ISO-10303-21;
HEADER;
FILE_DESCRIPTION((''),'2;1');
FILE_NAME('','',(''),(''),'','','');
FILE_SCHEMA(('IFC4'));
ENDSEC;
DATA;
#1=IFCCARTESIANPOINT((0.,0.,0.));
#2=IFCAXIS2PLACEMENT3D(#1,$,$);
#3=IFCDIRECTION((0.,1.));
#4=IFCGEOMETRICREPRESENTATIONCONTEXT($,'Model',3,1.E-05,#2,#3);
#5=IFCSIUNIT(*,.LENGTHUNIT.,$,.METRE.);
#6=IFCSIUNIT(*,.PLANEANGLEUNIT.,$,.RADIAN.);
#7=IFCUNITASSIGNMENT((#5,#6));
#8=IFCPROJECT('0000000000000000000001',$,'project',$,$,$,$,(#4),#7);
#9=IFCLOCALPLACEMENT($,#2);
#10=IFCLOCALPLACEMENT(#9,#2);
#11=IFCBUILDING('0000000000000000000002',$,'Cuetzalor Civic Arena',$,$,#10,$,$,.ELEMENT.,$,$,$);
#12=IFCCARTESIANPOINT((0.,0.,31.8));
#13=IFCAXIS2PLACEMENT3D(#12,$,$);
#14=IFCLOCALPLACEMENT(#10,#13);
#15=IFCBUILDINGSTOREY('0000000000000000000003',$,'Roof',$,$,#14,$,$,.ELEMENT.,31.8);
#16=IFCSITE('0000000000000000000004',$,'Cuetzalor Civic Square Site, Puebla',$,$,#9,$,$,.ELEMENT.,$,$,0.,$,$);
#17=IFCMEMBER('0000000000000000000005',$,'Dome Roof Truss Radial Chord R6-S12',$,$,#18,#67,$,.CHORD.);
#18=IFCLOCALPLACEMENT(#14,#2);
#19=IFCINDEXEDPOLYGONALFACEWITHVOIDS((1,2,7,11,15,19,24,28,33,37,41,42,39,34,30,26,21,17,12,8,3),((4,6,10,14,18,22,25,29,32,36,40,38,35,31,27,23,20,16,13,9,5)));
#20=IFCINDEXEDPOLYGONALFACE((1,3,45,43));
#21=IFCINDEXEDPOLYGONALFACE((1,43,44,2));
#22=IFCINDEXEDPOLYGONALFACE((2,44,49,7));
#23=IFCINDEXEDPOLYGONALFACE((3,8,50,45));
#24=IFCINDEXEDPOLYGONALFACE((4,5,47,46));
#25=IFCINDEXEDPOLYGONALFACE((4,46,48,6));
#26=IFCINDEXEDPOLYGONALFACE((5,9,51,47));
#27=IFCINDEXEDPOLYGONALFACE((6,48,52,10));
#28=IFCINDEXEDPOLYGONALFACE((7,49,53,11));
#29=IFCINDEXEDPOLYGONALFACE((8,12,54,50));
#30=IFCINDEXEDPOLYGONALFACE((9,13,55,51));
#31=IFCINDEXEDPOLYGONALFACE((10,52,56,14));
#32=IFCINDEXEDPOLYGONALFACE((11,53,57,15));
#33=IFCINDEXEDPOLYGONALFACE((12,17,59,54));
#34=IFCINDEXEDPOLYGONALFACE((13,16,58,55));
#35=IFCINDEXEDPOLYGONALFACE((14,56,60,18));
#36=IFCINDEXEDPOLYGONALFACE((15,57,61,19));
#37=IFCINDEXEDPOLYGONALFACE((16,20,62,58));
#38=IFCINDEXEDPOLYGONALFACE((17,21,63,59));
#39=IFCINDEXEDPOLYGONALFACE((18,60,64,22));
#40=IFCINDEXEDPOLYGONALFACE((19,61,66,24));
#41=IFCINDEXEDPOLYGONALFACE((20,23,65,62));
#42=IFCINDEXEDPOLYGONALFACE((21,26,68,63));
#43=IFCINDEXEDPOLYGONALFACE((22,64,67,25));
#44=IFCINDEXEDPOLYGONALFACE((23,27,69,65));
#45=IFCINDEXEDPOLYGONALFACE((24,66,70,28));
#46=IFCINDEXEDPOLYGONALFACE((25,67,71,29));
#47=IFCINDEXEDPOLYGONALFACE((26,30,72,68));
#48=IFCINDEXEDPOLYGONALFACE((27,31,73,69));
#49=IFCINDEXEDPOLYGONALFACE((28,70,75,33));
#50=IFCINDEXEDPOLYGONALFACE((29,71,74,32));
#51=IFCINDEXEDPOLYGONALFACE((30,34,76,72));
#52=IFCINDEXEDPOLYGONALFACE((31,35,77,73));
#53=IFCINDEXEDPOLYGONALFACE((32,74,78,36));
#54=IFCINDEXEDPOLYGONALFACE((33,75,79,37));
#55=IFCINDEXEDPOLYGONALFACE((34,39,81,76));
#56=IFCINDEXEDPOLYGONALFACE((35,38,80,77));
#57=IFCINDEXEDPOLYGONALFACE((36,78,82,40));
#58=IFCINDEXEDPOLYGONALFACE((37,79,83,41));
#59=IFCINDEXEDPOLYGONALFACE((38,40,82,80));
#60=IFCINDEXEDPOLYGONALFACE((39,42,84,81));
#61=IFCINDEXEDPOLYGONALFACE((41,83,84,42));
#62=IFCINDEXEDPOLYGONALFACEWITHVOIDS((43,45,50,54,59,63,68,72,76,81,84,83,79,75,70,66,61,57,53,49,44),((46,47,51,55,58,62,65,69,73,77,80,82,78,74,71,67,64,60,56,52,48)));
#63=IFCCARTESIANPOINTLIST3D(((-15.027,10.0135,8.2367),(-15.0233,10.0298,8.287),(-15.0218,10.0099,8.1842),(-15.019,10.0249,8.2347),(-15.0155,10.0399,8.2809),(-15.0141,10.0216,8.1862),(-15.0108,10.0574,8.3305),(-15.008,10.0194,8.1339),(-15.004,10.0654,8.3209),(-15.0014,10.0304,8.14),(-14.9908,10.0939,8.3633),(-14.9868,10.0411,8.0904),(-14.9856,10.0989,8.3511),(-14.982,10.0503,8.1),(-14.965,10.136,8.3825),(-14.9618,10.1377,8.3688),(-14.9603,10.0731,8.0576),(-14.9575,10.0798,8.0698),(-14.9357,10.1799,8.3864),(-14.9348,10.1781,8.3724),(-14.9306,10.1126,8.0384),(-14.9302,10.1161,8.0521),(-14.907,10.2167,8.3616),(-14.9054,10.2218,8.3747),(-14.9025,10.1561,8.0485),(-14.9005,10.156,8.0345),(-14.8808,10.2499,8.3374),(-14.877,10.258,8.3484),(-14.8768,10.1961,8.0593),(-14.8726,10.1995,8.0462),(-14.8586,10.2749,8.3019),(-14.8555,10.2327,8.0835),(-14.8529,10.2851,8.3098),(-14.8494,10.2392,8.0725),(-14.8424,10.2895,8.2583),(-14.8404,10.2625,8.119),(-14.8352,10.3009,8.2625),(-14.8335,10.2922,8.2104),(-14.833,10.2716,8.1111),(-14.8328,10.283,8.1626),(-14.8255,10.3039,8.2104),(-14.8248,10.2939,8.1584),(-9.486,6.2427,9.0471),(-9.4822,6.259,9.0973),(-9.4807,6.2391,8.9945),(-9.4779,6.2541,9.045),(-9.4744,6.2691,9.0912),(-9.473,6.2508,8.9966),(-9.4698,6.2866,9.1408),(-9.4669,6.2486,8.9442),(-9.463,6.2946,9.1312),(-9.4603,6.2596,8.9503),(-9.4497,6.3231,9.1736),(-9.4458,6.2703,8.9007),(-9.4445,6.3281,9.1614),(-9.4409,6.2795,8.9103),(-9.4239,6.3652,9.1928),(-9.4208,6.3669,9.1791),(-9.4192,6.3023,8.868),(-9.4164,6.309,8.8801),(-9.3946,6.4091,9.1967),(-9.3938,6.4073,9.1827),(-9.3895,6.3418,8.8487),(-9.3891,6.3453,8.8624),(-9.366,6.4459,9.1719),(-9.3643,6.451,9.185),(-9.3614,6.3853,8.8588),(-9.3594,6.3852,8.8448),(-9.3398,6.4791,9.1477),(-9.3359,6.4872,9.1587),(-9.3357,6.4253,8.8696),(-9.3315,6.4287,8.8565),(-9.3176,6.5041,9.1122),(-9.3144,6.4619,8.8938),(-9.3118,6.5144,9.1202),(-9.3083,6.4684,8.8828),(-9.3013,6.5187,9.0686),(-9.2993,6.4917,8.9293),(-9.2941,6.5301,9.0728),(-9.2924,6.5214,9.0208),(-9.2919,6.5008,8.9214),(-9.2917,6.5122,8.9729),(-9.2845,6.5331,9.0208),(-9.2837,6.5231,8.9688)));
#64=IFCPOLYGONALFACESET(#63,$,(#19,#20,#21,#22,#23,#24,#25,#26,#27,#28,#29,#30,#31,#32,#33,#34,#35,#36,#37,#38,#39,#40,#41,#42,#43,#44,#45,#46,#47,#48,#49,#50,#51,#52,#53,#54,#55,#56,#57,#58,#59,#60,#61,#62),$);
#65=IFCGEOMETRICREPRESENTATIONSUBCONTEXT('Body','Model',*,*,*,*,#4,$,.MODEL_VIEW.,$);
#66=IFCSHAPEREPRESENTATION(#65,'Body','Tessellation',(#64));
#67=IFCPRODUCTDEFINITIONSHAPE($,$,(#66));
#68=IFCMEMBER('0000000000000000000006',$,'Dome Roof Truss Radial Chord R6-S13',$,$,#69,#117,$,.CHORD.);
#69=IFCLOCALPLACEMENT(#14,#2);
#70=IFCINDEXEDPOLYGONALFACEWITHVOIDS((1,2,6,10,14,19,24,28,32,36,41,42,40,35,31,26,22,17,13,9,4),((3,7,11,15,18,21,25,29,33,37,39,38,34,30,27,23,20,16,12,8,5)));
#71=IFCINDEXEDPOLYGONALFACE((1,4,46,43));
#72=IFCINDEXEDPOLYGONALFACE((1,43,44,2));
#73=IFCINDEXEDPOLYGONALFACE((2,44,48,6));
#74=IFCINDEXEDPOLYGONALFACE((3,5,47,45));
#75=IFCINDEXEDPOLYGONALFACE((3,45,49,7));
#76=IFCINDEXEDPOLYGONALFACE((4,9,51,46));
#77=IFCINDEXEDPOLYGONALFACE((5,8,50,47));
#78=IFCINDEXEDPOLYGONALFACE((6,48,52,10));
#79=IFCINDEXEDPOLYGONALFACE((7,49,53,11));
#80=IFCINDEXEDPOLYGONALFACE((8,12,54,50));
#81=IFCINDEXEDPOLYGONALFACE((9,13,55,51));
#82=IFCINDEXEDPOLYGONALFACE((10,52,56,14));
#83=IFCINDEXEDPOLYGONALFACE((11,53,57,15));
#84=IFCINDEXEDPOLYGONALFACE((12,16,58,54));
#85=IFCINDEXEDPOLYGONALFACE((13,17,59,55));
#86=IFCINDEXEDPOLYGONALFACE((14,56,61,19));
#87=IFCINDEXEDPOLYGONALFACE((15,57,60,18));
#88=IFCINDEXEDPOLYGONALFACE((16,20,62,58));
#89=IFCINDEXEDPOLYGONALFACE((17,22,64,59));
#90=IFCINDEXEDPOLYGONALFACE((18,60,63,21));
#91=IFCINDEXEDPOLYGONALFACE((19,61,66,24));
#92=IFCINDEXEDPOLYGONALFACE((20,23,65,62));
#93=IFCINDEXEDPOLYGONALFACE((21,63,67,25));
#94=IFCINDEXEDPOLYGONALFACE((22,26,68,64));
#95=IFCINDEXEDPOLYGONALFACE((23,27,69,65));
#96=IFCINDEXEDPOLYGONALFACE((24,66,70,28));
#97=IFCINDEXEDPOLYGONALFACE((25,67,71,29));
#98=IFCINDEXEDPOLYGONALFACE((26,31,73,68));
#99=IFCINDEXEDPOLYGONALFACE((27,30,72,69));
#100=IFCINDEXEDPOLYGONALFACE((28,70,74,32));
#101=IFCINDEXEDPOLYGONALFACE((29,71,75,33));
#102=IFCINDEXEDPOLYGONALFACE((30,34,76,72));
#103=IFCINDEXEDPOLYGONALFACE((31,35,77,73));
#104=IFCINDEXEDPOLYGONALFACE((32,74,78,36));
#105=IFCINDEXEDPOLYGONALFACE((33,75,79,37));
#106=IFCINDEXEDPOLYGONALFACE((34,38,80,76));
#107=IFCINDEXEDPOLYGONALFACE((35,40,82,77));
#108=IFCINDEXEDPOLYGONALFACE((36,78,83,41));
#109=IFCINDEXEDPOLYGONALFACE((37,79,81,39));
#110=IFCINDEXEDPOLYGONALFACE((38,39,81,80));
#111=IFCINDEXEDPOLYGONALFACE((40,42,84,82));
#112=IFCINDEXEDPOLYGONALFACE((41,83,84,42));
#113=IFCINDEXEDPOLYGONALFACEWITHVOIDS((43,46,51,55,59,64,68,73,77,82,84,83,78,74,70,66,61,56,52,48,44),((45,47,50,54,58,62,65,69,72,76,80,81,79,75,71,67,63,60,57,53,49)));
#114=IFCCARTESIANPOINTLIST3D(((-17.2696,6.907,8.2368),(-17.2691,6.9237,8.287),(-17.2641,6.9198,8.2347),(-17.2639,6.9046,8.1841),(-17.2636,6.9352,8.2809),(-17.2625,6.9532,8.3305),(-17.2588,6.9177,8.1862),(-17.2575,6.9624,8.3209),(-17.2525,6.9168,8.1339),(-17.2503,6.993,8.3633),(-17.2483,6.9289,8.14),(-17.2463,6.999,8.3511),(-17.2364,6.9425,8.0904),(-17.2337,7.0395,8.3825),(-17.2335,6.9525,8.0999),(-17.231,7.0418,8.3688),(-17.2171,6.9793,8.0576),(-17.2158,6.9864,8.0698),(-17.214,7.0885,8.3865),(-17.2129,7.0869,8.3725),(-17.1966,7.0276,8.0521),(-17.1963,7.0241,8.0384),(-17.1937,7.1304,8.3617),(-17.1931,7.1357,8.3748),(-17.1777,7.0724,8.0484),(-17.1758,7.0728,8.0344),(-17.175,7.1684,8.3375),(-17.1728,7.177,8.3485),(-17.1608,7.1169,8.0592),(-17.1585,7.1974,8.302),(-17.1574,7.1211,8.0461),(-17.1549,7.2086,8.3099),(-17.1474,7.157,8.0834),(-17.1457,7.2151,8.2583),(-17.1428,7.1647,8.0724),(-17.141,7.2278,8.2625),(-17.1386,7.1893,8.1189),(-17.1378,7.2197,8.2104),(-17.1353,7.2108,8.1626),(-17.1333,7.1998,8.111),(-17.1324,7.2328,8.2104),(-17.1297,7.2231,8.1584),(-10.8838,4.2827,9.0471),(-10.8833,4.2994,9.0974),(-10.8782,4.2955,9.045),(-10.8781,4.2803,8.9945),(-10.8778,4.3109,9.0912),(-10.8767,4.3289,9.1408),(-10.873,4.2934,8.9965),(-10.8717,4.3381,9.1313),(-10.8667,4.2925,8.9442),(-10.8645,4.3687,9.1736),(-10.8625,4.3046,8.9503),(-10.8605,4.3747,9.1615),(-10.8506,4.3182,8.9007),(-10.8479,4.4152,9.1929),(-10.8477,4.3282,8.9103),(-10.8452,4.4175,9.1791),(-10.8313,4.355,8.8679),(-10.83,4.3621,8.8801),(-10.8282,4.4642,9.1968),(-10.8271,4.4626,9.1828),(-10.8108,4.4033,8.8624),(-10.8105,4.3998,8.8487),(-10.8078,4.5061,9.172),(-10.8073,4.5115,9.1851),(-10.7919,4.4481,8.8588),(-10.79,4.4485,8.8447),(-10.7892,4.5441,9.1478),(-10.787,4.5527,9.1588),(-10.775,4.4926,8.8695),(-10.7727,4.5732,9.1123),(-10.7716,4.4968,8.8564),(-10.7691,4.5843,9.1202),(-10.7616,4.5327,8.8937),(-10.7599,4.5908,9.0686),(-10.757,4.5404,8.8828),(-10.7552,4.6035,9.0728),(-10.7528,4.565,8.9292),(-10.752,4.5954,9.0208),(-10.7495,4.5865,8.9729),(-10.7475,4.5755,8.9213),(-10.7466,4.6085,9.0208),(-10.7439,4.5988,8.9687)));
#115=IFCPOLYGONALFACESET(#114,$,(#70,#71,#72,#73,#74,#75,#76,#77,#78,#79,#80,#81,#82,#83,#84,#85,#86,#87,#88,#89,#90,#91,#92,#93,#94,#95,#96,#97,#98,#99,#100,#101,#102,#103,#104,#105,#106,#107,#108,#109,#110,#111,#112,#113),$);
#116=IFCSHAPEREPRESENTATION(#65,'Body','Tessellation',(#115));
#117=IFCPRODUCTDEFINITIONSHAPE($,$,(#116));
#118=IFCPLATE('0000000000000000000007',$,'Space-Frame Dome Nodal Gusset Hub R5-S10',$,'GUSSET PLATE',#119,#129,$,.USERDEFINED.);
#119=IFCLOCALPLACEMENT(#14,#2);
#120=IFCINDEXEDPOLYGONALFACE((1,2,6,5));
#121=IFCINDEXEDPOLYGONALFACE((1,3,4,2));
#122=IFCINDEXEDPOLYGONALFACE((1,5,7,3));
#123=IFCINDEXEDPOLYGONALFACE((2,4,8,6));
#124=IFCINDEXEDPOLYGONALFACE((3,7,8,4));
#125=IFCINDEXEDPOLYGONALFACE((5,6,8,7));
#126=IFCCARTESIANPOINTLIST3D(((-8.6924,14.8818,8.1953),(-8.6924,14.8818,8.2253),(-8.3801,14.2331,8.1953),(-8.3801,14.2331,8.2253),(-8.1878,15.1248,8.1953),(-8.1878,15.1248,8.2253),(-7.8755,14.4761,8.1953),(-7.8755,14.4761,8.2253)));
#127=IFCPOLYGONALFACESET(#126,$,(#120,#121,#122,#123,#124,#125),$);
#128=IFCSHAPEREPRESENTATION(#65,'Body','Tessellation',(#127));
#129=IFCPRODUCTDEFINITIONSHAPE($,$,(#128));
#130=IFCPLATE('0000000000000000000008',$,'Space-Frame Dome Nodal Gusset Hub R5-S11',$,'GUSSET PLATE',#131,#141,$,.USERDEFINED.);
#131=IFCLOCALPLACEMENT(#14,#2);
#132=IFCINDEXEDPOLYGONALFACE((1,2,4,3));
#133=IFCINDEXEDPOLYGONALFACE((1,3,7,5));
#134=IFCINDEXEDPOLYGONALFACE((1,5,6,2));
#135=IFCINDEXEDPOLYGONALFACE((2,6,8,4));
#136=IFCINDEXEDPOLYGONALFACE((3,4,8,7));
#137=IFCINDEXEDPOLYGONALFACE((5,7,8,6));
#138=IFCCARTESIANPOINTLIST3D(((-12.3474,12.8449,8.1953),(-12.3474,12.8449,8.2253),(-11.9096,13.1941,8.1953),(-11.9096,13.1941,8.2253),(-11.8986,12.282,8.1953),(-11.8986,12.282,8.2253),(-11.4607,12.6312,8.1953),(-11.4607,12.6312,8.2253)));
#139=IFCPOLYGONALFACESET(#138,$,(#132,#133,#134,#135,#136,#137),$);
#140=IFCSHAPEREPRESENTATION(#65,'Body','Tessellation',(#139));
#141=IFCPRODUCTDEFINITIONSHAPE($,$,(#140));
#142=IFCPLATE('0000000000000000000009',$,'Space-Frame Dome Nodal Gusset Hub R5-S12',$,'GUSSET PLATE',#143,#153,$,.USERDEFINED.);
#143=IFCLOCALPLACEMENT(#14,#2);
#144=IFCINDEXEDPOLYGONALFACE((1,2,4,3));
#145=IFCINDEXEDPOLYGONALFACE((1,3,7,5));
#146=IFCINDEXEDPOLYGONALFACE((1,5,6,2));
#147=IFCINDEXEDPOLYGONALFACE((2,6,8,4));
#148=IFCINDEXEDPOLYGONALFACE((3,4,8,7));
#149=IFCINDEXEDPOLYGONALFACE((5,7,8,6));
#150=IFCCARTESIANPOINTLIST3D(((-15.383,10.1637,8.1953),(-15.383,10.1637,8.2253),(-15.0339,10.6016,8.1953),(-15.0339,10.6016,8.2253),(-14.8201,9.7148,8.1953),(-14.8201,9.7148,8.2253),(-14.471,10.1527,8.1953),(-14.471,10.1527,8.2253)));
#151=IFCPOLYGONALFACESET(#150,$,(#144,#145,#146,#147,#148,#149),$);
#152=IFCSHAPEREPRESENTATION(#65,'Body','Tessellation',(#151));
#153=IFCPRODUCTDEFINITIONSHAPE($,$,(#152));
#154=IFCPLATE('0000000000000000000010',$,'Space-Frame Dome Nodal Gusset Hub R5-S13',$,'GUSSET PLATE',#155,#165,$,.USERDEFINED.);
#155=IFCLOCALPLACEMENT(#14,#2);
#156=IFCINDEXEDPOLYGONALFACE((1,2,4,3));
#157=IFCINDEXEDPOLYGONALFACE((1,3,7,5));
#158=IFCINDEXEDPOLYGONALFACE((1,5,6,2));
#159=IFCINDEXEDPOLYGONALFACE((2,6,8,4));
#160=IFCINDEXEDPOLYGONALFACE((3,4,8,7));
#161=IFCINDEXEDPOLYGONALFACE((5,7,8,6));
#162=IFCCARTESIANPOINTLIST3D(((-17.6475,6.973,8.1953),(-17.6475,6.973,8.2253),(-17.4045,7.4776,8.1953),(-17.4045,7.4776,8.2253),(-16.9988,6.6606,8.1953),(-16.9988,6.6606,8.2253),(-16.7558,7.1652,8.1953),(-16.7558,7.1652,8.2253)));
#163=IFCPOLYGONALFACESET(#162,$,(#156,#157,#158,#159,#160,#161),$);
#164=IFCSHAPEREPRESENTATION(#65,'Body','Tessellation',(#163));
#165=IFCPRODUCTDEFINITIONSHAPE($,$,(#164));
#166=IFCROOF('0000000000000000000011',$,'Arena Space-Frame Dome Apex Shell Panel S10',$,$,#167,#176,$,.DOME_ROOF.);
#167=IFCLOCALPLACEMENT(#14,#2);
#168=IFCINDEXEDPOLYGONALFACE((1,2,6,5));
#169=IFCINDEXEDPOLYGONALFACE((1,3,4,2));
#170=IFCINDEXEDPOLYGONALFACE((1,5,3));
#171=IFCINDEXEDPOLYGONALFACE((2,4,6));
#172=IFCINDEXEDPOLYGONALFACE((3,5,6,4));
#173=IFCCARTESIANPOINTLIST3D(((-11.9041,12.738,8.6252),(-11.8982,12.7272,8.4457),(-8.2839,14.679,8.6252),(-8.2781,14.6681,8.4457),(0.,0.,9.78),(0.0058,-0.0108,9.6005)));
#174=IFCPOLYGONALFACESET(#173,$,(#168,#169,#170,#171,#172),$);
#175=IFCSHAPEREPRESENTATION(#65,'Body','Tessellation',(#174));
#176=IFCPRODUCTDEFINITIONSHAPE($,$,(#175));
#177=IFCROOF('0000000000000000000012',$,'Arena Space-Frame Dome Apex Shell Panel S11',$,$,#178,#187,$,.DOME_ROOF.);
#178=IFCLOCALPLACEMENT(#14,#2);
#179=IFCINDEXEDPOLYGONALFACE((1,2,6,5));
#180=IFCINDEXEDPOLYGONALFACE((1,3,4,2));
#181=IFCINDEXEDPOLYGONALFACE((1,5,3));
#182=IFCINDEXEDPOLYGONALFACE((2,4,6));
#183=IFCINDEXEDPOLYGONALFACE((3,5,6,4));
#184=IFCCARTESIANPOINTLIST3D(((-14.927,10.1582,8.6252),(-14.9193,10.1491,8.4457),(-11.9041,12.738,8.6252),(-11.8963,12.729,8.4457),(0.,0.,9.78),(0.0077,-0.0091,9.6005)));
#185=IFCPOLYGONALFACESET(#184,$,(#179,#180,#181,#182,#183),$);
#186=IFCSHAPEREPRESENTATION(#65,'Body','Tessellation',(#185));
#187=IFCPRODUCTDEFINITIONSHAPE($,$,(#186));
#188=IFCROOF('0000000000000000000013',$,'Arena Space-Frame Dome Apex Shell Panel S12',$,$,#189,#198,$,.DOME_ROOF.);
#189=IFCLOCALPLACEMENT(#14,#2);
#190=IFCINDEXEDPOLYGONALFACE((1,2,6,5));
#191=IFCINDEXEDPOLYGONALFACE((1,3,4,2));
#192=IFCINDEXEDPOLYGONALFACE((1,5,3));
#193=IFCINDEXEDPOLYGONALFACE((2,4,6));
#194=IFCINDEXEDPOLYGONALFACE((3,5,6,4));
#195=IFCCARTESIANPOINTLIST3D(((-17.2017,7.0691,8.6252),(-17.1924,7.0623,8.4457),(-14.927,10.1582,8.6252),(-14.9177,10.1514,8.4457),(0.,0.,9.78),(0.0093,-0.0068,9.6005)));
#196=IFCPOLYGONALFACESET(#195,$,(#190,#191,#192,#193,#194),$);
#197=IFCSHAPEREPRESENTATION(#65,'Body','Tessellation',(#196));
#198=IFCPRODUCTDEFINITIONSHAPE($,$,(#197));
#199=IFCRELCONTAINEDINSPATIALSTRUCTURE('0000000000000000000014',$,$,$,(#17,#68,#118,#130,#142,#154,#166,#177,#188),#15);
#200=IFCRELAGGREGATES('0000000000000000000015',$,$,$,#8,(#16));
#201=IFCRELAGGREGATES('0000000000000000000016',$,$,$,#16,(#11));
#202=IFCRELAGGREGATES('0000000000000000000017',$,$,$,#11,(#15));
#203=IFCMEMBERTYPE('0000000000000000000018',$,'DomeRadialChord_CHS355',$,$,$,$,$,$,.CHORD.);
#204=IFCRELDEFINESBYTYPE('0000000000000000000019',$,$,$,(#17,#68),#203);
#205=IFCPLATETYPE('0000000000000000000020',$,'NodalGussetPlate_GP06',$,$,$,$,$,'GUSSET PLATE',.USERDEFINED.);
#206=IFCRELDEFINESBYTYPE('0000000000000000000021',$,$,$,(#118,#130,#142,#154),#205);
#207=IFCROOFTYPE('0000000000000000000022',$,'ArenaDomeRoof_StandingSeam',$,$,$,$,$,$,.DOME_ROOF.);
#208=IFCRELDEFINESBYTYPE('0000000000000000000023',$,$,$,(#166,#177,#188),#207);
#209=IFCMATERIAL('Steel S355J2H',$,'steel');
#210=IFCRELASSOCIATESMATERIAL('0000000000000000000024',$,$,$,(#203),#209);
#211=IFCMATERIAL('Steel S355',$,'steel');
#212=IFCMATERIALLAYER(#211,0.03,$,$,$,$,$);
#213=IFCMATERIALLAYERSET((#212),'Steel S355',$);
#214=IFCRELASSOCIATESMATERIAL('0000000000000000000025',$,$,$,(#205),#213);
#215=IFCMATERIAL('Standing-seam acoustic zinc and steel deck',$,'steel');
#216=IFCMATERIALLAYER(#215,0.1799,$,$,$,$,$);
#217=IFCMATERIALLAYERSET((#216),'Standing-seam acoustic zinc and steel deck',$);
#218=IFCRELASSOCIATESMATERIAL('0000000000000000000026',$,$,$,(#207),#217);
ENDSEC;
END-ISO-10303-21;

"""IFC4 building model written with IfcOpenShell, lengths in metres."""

from ifc_helpers import new_model, si_unit, direction, frame, origin, origin_2d, place, context, subcontext, project, spatial, polyline, rectangle, hollow_circle, outline, extrude, material, layer, layer_set, material_profile, profile_set, type_object, element, save


model = new_model("IFC4")

# Units and contexts
model_context = context("Model", 3, precision=1e-05, world=origin(), true_north=direction((0.0, 1.0)))
body_context = subcontext(model_context, "Body", "Model", "MODEL_VIEW")
ifc_project = project(units=[si_unit("LENGTHUNIT", "METRE"), si_unit("PLANEANGLEUNIT", "RADIAN")], contexts=[model_context])

# Site, building, storey
site_placement = place(None, origin())
site = spatial("IfcSite", under=ifc_project, at=site_placement, Name="Cuetzalor Civic Square Site, Puebla", CompositionType="ELEMENT", RefElevation=0.0)
building_placement = place(site_placement, origin())
building = spatial("IfcBuilding", under=site, at=building_placement, Name="Cuetzalor Civic Arena", CompositionType="ELEMENT")
storey_placement = place(building_placement, frame((0.0, 0.0, 31.8)))
storey = spatial("IfcBuildingStorey", under=building, at=storey_placement, Name="Roof", CompositionType="ELEMENT", Elevation=31.8)

# Members
ifc_material_1 = material(Name="Steel S355J2H", Category="steel")
ifc_material_profile_1 = material_profile(ifc_material_1, hollow_circle(Radius=0.1777, WallThickness=0.0142, at=origin_2d()), Name="CHS 355.6x14.2")
ifc_profile_set_1 = profile_set([ifc_material_profile_1], Name="Steel S355J2H")
member_type_1 = type_object("IfcMemberType", Name="DomeRadialChord_CHS355", PredefinedType="CHORD", material=ifc_profile_set_1)
member_1_placement = place(storey_placement, frame((-14.9255, 10.157, 8.2104), z_axis=(0.820751, -0.558535, 0.120024), x_axis=(0.562602, 0.826728, 0.0)))
element("IfcMember", 1, at=member_1_placement, inside=storey, type_object=member_type_1, Name="Dome Roof Truss Radial Chord R6-S12", PredefinedType="CHORD", context=body_context, shape_type="SweptSolid", body=[
    extrude(hollow_circle(Radius=0.1777, WallThickness=0.0142, at=origin_2d()), origin(), (0.0, 0.0, 1.0), 6.7512),
])
member_2_placement = place(storey_placement, frame((-17.2, 7.0684, 8.2104), z_axis=(0.918635, -0.37752, 0.116568), x_axis=(0.380111, 0.924941, 0.0)))
element("IfcMember", 2, at=member_2_placement, inside=storey, type_object=member_type_1, Name="Dome Roof Truss Radial Chord R6-S13", PredefinedType="CHORD", context=body_context, shape_type="SweptSolid", body=[
    extrude(hollow_circle(Radius=0.1777, WallThickness=0.0142, at=origin_2d()), origin(), (0.0, 0.0, 1.0), 6.9514),
])

# Plates
ifc_material_2 = material(Name="Steel S355", Category="steel")
ifc_layer_1 = layer(ifc_material_2, 0.03)
ifc_layer_set_1 = layer_set([ifc_layer_1], Name="Steel S355")
plate_type = type_object("IfcPlateType", Name="NodalGussetPlate_GP06", ElementType="GUSSET PLATE", PredefinedType="USERDEFINED", material=ifc_layer_set_1)
for number, where, z_axis, x_axis, name in (
    (3, (-8.2839, 14.679, 8.1953), (0.0, 0.0, 1.0), (-0.433816, 0.901001, 0.0), "Space-Frame Dome Nodal Gusset Hub R5-S10"),
    (4, (-11.9041, 12.738, 8.1953), (0.0, 0.0, 1.0), (-0.62347, 0.781847, 0.0), "Space-Frame Dome Nodal Gusset Hub R5-S11"),
    (5, (-14.927, 10.1582, 8.1953), (0.0, 0.0, 1.0), (-0.781847, 0.62347, 0.0), "Space-Frame Dome Nodal Gusset Hub R5-S12"),
    (6, (-17.2017, 7.0691, 8.1953), (0.0, 0.0, 1.0), (-0.901001, 0.433816, 0.0), "Space-Frame Dome Nodal Gusset Hub R5-S13"),
):
    element("IfcPlate", number, at=place(storey_placement, frame(where, z_axis=z_axis, x_axis=x_axis)), inside=storey, type_object=plate_type, Name=name, ObjectType="GUSSET PLATE", PredefinedType="USERDEFINED", context=body_context, shape_type="SweptSolid", body=[
        extrude(rectangle(XDim=0.72, YDim=0.5601, at=origin_2d()), origin(), (0.0, 0.0, 1.0), 0.03),
    ])

# Roofs
ifc_material_3 = material(Name="Standing-seam acoustic zinc and steel deck", Category="steel")
ifc_layer_2 = layer(ifc_material_3, 0.1799)
ifc_layer_set_2 = layer_set([ifc_layer_2], Name="Standing-seam acoustic zinc and steel deck")
roof_type = type_object("IfcRoofType", Name="ArenaDomeRoof_StandingSeam", PredefinedType="DOME_ROOF", material=ifc_layer_set_2)
roof_1_placement = place(storey_placement, frame((-8.2839, 14.679, 8.6252), z_axis=(-0.032305, 0.060254, 0.99766), x_axis=(-0.881321, -0.472518, 0.0)))
element("IfcRoof", 7, at=roof_1_placement, inside=storey, type_object=roof_type, Name="Arena Space-Frame Dome Apex Shell Panel S10", PredefinedType="DOME_ROOF", context=body_context, shape_type="SweptSolid", body=[
    extrude(outline(polyline([(0.0, 0.0), (4.1076, 0.0), (-0.3647, 16.8907), (0.0, 0.0)])), origin(), (0.0, 0.0, -1.0), 0.1799),
])
roof_2_placement = place(storey_placement, frame((-11.9041, 12.738, 8.6252), z_axis=(-0.042947, 0.050323, 0.997809), x_axis=(-0.760656, -0.649156, 0.0)))
element("IfcRoof", 8, at=roof_2_placement, inside=storey, type_object=roof_type, Name="Arena Space-Frame Dome Apex Shell Panel S11", PredefinedType="DOME_ROOF", context=body_context, shape_type="SweptSolid", body=[
    extrude(outline(polyline([(0.0, 0.0), (3.9741, 0.0), (-0.7859, 17.4551), (0.0, 0.0)])), origin(), (0.0, 0.0, -1.0), 0.1799),
])
roof_3_placement = place(storey_placement, frame((-14.927, 10.1582, 8.6252), z_axis=(-0.051432, 0.037872, 0.997958), x_axis=(-0.592941, -0.805246, 0.0)))
element("IfcRoof", 9, at=roof_3_placement, inside=storey, type_object=roof_type, Name="Arena Space-Frame Dome Apex Shell Panel S12", PredefinedType="DOME_ROOF", context=body_context, shape_type="SweptSolid", body=[
    extrude(outline(polyline([(0.0, 0.0), (3.8362, 0.0), (-0.671, 18.08), (0.0, 0.0)])), origin(), (0.0, 0.0, -1.0), 0.1799),
])

save(model, "model.ifc")
